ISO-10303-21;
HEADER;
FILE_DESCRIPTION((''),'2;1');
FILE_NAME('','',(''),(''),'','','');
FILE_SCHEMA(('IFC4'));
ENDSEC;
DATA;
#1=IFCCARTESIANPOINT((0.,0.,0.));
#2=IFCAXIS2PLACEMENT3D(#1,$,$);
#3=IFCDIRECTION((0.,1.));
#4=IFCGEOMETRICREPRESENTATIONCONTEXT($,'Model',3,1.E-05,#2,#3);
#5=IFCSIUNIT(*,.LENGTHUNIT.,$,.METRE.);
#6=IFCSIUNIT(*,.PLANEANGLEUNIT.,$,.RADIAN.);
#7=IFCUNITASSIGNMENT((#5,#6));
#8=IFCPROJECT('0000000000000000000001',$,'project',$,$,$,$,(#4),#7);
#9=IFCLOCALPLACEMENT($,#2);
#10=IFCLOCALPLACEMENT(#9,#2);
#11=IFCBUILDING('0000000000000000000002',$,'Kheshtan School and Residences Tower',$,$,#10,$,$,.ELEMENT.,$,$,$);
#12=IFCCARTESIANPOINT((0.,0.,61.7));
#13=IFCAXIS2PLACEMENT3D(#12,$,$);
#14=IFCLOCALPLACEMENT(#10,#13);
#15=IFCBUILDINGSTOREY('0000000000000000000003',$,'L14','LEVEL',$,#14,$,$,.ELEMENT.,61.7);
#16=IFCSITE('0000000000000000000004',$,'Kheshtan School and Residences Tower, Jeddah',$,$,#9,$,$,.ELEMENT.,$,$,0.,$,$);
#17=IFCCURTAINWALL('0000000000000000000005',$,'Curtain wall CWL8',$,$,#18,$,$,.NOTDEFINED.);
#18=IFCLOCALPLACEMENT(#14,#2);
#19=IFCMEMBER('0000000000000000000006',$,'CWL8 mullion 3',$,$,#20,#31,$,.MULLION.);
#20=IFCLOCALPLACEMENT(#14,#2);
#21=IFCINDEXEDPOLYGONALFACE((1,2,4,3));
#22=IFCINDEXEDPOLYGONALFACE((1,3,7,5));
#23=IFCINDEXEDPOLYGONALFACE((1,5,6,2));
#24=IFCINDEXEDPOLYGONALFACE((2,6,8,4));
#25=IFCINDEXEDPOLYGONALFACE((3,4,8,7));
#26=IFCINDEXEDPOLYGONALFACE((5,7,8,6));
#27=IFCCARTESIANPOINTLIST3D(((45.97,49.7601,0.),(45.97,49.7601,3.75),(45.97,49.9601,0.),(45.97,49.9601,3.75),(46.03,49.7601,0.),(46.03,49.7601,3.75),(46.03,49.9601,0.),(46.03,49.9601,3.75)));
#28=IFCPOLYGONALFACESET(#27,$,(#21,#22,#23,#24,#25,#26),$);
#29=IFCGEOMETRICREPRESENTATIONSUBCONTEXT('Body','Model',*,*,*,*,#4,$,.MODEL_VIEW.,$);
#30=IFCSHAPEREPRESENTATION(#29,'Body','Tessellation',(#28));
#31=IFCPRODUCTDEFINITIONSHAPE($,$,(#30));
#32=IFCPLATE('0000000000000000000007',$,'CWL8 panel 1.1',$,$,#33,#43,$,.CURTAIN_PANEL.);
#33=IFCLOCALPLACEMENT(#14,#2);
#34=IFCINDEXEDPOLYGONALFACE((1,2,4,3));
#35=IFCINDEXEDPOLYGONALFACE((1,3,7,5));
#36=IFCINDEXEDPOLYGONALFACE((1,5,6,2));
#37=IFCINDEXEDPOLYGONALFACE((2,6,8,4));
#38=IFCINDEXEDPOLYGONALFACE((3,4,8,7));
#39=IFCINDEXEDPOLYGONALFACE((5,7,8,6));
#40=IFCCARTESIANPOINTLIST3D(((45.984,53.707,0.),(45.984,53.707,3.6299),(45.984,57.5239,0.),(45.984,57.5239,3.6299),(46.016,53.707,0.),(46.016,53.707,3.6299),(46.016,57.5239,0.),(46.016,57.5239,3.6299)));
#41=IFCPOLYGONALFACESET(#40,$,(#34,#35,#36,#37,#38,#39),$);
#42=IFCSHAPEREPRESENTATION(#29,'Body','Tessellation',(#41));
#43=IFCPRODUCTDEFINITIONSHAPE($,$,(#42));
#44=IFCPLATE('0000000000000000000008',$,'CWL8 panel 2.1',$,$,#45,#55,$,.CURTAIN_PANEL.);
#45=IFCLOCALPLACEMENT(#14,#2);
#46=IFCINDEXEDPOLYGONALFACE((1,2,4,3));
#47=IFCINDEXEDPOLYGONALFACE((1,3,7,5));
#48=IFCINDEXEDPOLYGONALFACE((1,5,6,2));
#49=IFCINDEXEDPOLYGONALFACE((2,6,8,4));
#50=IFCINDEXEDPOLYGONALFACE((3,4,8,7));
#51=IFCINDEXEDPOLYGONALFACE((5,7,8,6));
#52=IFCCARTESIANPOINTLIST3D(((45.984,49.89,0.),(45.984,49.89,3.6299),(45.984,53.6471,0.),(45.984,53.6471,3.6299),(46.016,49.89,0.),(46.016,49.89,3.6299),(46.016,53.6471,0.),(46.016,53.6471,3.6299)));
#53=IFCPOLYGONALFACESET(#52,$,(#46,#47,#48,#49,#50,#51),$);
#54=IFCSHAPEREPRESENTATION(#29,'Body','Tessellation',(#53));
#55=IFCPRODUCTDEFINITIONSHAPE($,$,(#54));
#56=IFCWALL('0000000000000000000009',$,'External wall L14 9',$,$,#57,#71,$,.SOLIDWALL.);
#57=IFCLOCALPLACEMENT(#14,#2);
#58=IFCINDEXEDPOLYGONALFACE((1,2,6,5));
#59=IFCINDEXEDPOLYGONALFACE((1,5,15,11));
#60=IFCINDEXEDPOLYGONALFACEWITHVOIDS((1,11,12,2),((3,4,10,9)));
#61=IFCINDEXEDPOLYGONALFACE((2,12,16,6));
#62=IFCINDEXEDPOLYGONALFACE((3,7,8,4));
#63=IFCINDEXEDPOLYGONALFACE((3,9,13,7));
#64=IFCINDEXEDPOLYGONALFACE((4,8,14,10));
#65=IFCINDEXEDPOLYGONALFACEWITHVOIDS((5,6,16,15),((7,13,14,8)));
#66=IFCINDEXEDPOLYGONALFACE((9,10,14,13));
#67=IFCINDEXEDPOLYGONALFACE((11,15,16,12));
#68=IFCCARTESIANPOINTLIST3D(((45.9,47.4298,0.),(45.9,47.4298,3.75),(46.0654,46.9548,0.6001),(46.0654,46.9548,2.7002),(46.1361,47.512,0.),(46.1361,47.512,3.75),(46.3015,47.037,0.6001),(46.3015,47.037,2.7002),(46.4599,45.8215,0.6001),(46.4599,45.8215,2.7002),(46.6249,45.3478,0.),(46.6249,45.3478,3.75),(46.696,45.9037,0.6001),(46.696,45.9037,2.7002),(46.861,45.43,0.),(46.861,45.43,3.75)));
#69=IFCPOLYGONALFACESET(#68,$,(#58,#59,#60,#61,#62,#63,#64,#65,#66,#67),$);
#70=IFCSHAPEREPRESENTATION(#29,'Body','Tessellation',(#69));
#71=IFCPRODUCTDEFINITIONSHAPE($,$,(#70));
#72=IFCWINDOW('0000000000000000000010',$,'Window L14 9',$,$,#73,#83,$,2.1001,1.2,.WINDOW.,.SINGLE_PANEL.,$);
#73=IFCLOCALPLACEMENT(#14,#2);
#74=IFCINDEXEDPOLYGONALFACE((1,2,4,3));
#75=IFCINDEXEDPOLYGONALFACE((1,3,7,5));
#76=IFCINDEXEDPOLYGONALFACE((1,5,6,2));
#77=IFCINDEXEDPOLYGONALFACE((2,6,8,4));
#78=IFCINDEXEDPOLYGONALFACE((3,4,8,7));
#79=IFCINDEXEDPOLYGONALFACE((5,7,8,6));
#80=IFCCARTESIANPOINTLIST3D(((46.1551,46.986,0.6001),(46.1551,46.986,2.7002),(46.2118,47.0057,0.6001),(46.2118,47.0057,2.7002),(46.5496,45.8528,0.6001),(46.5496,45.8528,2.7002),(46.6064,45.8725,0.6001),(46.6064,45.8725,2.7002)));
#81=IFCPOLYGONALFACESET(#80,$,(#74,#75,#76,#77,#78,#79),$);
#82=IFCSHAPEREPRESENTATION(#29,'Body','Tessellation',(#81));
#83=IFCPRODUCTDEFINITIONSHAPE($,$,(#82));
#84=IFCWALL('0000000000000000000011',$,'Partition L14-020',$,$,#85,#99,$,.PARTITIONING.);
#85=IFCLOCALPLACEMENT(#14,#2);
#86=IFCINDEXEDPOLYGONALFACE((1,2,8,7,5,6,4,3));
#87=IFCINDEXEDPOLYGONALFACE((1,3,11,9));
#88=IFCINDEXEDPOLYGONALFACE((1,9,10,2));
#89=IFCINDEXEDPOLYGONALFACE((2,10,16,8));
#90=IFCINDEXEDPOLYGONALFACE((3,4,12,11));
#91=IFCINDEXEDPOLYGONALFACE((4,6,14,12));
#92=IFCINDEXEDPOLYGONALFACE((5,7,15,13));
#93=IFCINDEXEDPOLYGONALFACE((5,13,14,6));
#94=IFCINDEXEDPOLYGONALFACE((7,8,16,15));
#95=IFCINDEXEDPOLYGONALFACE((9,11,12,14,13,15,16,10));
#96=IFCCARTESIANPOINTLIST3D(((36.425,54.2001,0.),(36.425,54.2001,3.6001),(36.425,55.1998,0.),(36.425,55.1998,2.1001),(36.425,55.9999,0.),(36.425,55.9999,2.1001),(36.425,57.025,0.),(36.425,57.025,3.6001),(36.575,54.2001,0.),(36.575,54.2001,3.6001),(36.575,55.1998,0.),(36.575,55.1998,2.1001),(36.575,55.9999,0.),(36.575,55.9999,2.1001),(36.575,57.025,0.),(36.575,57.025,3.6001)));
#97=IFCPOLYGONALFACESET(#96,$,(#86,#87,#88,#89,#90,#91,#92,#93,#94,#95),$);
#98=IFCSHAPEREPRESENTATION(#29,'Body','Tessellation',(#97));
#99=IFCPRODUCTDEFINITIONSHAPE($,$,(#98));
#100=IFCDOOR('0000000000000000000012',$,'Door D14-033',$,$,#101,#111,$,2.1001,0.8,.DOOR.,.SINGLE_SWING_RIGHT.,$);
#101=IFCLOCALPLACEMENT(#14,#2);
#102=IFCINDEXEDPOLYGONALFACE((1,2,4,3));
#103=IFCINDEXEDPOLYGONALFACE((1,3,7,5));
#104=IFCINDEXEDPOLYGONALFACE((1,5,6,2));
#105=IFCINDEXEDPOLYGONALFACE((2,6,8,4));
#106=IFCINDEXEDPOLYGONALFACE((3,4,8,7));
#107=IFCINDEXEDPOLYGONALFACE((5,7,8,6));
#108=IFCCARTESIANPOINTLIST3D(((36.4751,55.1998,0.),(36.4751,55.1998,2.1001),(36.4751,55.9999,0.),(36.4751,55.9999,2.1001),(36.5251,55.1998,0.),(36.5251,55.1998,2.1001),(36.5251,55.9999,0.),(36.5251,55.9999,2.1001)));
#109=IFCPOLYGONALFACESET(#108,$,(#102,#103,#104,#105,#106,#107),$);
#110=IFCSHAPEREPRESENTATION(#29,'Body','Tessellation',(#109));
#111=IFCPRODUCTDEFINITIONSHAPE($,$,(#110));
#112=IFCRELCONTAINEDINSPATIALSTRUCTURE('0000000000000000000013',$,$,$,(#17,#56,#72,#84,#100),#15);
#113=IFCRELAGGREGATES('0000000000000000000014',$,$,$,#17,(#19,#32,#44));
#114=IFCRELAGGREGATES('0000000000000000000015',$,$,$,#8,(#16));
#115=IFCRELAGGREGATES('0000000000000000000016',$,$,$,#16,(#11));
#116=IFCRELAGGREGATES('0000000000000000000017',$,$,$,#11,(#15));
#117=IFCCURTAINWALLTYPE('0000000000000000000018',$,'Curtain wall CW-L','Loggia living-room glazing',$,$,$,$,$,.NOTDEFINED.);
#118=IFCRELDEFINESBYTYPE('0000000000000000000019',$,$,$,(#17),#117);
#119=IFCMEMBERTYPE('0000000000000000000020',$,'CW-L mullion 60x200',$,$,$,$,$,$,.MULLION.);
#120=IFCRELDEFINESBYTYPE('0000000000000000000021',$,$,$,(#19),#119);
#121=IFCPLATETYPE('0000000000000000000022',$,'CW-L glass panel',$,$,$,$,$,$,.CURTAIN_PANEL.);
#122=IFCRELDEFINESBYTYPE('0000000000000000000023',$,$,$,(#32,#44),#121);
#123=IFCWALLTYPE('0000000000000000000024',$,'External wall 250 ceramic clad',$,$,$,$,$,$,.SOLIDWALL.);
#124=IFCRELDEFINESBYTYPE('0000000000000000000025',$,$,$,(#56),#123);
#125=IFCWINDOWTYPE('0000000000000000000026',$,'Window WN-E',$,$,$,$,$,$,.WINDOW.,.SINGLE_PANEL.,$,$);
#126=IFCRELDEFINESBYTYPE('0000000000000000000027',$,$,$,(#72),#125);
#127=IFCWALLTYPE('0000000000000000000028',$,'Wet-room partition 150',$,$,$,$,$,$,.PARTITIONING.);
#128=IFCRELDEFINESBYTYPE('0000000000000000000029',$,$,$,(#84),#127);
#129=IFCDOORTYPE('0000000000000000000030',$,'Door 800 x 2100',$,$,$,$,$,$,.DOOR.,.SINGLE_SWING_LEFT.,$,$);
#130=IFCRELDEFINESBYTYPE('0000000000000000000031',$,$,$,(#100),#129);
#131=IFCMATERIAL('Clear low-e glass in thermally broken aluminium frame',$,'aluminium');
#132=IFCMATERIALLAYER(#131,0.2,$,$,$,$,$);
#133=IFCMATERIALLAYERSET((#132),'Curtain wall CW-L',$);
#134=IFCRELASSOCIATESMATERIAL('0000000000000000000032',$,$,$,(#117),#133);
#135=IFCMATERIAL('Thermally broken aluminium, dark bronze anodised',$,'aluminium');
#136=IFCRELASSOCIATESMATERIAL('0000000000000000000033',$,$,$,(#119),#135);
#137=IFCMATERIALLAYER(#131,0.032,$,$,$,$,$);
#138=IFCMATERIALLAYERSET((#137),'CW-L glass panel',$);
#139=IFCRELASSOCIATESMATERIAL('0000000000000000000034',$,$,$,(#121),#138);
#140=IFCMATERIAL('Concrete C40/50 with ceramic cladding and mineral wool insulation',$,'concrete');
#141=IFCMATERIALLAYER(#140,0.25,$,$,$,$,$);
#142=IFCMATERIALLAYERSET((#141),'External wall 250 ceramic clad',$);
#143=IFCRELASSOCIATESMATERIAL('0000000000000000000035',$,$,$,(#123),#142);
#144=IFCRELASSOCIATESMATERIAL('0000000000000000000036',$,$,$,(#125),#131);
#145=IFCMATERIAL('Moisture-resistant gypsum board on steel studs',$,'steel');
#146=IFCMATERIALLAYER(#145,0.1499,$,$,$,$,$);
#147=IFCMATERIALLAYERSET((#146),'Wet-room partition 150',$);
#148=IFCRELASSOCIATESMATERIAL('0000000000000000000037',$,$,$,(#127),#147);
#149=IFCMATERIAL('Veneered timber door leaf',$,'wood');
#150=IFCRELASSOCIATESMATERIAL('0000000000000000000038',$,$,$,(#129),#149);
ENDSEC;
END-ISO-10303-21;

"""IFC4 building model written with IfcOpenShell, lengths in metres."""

from ifc_helpers import new_model, si_unit, direction, frame, frame_2d, origin, origin_2d, place, context, subcontext, project, spatial, rectangle, extrude, source, transform, mapped, material, layer, layer_set, material_profile, profile_set, type_object, element, fill, aggregate, save


model = new_model("IFC4")

# Units and contexts
model_context = context("Model", 3, precision=1e-05, world=origin(), true_north=direction((0.0, 1.0)))
body_context = subcontext(model_context, "Body", "Model", "MODEL_VIEW")
ifc_project = project(units=[si_unit("LENGTHUNIT", "METRE"), si_unit("PLANEANGLEUNIT", "RADIAN")], contexts=[model_context])

# Site, building, storey
site_placement = place(None, origin())
site = spatial("IfcSite", under=ifc_project, at=site_placement, Name="Kheshtan School and Residences Tower, Jeddah", CompositionType="ELEMENT", RefElevation=0.0)
building_placement = place(site_placement, origin())
building = spatial("IfcBuilding", under=site, at=building_placement, Name="Kheshtan School and Residences Tower", CompositionType="ELEMENT")
storey_placement = place(building_placement, frame((0.0, 0.0, 61.7)))
storey = spatial("IfcBuildingStorey", under=building, at=storey_placement, Name="L14", Description="LEVEL", CompositionType="ELEMENT", Elevation=61.7)

# Curtain wall, member, plates
ifc_material_1 = material(Name="Clear low-e glass in thermally broken aluminium frame", Category="aluminium")
ifc_layer_1 = layer(ifc_material_1, 0.2)
ifc_layer_set_1 = layer_set([ifc_layer_1], Name="Curtain wall CW-L")
curtain_wall_type = type_object("IfcCurtainWallType", Name="Curtain wall CW-L", Description="Loggia living-room glazing", PredefinedType="NOTDEFINED", material=ifc_layer_set_1)
curtain_wall_placement = place(storey_placement, origin())
curtain_wall = element("IfcCurtainWall", 1, at=curtain_wall_placement, inside=storey, type_object=curtain_wall_type, Name="Curtain wall CWL8", PredefinedType="NOTDEFINED")
ifc_material_2 = material(Name="Thermally broken aluminium, dark bronze anodised", Category="aluminium")
ifc_material_profile_1 = material_profile(ifc_material_2, rectangle(XDim=0.0601, YDim=0.2, at=origin_2d()), Name="CW-L mullion 60x200")
ifc_profile_set_1 = profile_set([ifc_material_profile_1], Name="Thermally broken aluminium, dark bronze anodised")
member_type = type_object("IfcMemberType", Name="CW-L mullion 60x200", PredefinedType="MULLION", material=ifc_profile_set_1)
member_1_placement = place(storey_placement, frame((46.0, 49.8601, 0.0), z_axis=(0.0, 0.0, 1.0), x_axis=(1.0, 0.0, 0.0)))
member_1 = element("IfcMember", 2, at=member_1_placement, type_object=member_type, Name="CWL8 mullion 3", PredefinedType="MULLION", context=body_context, shape_type="SweptSolid", body=[
    extrude(rectangle(XDim=0.0601, YDim=0.2, at=origin_2d()), origin(), (0.0, 0.0, 1.0), 3.75),
])
ifc_layer_2 = layer(ifc_material_1, 0.032)
ifc_layer_set_2 = layer_set([ifc_layer_2], Name="CW-L glass panel")
plate_type = type_object("IfcPlateType", Name="CW-L glass panel", PredefinedType="CURTAIN_PANEL", material=ifc_layer_set_2)
plate_1_placement = place(storey_placement, frame((46.0, 55.6155, 0.0), z_axis=(0.0, 0.0, 1.0), x_axis=(0.0, -1.0, 0.0)))
plate_1 = element("IfcPlate", 3, at=plate_1_placement, type_object=plate_type, Name="CWL8 panel 1.1", PredefinedType="CURTAIN_PANEL", context=body_context, shape_type="SweptSolid", body=[
    extrude(rectangle(XDim=3.8169, YDim=0.032, at=origin_2d()), origin(), (0.0, 0.0, 1.0), 3.6299),
])
plate_2_placement = place(storey_placement, frame((46.0, 51.7686, 0.0), z_axis=(0.0, 0.0, 1.0), x_axis=(0.0, -1.0, 0.0)))
plate_2 = element("IfcPlate", 4, at=plate_2_placement, type_object=plate_type, Name="CWL8 panel 2.1", PredefinedType="CURTAIN_PANEL", context=body_context, shape_type="SweptSolid", body=[
    extrude(rectangle(XDim=3.7571, YDim=0.032, at=origin_2d()), origin(), (0.0, 0.0, 1.0), 3.6299),
])
aggregate(curtain_wall, [member_1, plate_1, plate_2])

# Wall, opening, window
ifc_material_3 = material(Name="Concrete C40/50 with ceramic cladding and mineral wool insulation", Category="concrete")
ifc_layer_3 = layer(ifc_material_3, 0.25)
ifc_layer_set_3 = layer_set([ifc_layer_3], Name="External wall 250 ceramic clad")
wall_type_1 = type_object("IfcWallType", Name="External wall 250 ceramic clad", PredefinedType="SOLIDWALL", material=ifc_layer_set_3)
wall_1_placement = place(storey_placement, frame((46.0181, 47.4709, 0.0), z_axis=(0.0, 0.0, 1.0), x_axis=(0.328791, -0.944403, 0.0)))
wall_1 = element("IfcWall", 5, at=wall_1_placement, inside=storey, type_object=wall_type_1, Name="External wall L14 9", PredefinedType="SOLIDWALL", context=body_context, shape_type="SweptSolid", body=[
    extrude(rectangle(XDim=2.2046, YDim=0.25, at=frame_2d((1.1023, 0.0))), origin(), (0.0, 0.0, 1.0), 3.75),
])
opening_1_placement = place(wall_1_placement, frame((0.5029, 0.0, 0.6001)))
opening_1 = element("IfcOpeningElement", 6, at=opening_1_placement, cuts=wall_1, PredefinedType="OPENING", context=body_context, shape_type="SweptSolid", body=[
    extrude(rectangle(XDim=1.2, YDim=2.1001, at=frame_2d((0.6001, 1.05))), frame((0.0, 0.135, 0.0), z_axis=(0.0, -1.0, 0.0), x_axis=(1.0, 0.0, 0.0)), (0.0, 0.0, 1.0), 0.27),
])
window_type = type_object("IfcWindowType", Name="Window WN-E", PartitioningType="SINGLE_PANEL", PredefinedType="WINDOW", material=ifc_material_1)
shared_shape_1 = source(origin(), body_context, "Body", "SweptSolid", [
    extrude(rectangle(XDim=1.2, YDim=2.1001, at=frame_2d((0.6001, 1.05))), frame((0.0, 0.03, 0.0), z_axis=(0.0, -1.0, 0.0), x_axis=(1.0, 0.0, 0.0)), (0.0, 0.0, 1.0), 0.0601),
])
window_placement = place(opening_1_placement, origin())
window = element("IfcWindow", 7, at=window_placement, inside=storey, type_object=window_type, Name="Window L14 9", OverallHeight=2.1001, OverallWidth=1.2, PartitioningType="SINGLE_PANEL", PredefinedType="WINDOW", context=body_context, shape_type="MappedRepresentation", body=[
    mapped(shared_shape_1, transform((0.0, 0.0, 0.0), x_axis=(1.0, 0.0, 0.0), y_axis=(0.0, 1.0, 0.0), z_axis=(0.0, 0.0, 1.0), scale=1.0)),
])
fill(opening_1, window)

# Wall, opening, door
ifc_material_4 = material(Name="Moisture-resistant gypsum board on steel studs", Category="steel")
ifc_layer_4 = layer(ifc_material_4, 0.1499)
ifc_layer_set_4 = layer_set([ifc_layer_4], Name="Wet-room partition 150")
wall_type_2 = type_object("IfcWallType", Name="Wet-room partition 150", PredefinedType="PARTITIONING", material=ifc_layer_set_4)
wall_2_placement = place(storey_placement, frame((36.5, 54.2, 0.0), z_axis=(0.0, 0.0, 1.0), x_axis=(0.0, 1.0, 0.0)))
wall_2 = element("IfcWall", 8, at=wall_2_placement, inside=storey, type_object=wall_type_2, Name="Partition L14-020", PredefinedType="PARTITIONING", context=body_context, shape_type="SweptSolid", body=[
    extrude(rectangle(XDim=2.825, YDim=0.1499, at=frame_2d((1.4126, 0.0))), origin(), (0.0, 0.0, 1.0), 3.6001),
])
opening_2_placement = place(wall_2_placement, frame((1.0, 0.0, 0.0)))
opening_2 = element("IfcOpeningElement", 9, at=opening_2_placement, cuts=wall_2, PredefinedType="OPENING", context=body_context, shape_type="SweptSolid", body=[
    extrude(rectangle(XDim=0.8, YDim=2.1001, at=frame_2d((0.3999, 1.05))), frame((0.0, 0.085, 0.0), z_axis=(0.0, -1.0, 0.0), x_axis=(1.0, 0.0, 0.0)), (0.0, 0.0, 1.0), 0.1699),
])
ifc_material_5 = material(Name="Veneered timber door leaf", Category="wood")
door_type_1 = type_object("IfcDoorType", Name="Door 800 x 2100", OperationType="SINGLE_SWING_LEFT", PredefinedType="DOOR", material=ifc_material_5)
shared_shape_2 = source(origin(), body_context, "Body", "SweptSolid", [
    extrude(rectangle(XDim=0.8, YDim=2.1001, at=frame_2d((0.3999, 1.05))), frame((0.0, 0.0249, 0.0), z_axis=(0.0, -1.0, 0.0), x_axis=(1.0, 0.0, 0.0)), (0.0, 0.0, 1.0), 0.05),
])
door_1_placement = place(opening_2_placement, origin())
door_1 = element("IfcDoor", 10, at=door_1_placement, inside=storey, type_object=door_type_1, Name="Door D14-033", OperationType="SINGLE_SWING_RIGHT", OverallHeight=2.1001, OverallWidth=0.8, PredefinedType="DOOR", context=body_context, shape_type="MappedRepresentation", body=[
    mapped(shared_shape_2, transform((0.0, 0.0, 0.0), x_axis=(1.0, 0.0, 0.0), y_axis=(0.0, 1.0, 0.0), z_axis=(0.0, 0.0, 1.0), scale=1.0)),
])
fill(opening_2, door_1)

save(model, "model.ifc")
